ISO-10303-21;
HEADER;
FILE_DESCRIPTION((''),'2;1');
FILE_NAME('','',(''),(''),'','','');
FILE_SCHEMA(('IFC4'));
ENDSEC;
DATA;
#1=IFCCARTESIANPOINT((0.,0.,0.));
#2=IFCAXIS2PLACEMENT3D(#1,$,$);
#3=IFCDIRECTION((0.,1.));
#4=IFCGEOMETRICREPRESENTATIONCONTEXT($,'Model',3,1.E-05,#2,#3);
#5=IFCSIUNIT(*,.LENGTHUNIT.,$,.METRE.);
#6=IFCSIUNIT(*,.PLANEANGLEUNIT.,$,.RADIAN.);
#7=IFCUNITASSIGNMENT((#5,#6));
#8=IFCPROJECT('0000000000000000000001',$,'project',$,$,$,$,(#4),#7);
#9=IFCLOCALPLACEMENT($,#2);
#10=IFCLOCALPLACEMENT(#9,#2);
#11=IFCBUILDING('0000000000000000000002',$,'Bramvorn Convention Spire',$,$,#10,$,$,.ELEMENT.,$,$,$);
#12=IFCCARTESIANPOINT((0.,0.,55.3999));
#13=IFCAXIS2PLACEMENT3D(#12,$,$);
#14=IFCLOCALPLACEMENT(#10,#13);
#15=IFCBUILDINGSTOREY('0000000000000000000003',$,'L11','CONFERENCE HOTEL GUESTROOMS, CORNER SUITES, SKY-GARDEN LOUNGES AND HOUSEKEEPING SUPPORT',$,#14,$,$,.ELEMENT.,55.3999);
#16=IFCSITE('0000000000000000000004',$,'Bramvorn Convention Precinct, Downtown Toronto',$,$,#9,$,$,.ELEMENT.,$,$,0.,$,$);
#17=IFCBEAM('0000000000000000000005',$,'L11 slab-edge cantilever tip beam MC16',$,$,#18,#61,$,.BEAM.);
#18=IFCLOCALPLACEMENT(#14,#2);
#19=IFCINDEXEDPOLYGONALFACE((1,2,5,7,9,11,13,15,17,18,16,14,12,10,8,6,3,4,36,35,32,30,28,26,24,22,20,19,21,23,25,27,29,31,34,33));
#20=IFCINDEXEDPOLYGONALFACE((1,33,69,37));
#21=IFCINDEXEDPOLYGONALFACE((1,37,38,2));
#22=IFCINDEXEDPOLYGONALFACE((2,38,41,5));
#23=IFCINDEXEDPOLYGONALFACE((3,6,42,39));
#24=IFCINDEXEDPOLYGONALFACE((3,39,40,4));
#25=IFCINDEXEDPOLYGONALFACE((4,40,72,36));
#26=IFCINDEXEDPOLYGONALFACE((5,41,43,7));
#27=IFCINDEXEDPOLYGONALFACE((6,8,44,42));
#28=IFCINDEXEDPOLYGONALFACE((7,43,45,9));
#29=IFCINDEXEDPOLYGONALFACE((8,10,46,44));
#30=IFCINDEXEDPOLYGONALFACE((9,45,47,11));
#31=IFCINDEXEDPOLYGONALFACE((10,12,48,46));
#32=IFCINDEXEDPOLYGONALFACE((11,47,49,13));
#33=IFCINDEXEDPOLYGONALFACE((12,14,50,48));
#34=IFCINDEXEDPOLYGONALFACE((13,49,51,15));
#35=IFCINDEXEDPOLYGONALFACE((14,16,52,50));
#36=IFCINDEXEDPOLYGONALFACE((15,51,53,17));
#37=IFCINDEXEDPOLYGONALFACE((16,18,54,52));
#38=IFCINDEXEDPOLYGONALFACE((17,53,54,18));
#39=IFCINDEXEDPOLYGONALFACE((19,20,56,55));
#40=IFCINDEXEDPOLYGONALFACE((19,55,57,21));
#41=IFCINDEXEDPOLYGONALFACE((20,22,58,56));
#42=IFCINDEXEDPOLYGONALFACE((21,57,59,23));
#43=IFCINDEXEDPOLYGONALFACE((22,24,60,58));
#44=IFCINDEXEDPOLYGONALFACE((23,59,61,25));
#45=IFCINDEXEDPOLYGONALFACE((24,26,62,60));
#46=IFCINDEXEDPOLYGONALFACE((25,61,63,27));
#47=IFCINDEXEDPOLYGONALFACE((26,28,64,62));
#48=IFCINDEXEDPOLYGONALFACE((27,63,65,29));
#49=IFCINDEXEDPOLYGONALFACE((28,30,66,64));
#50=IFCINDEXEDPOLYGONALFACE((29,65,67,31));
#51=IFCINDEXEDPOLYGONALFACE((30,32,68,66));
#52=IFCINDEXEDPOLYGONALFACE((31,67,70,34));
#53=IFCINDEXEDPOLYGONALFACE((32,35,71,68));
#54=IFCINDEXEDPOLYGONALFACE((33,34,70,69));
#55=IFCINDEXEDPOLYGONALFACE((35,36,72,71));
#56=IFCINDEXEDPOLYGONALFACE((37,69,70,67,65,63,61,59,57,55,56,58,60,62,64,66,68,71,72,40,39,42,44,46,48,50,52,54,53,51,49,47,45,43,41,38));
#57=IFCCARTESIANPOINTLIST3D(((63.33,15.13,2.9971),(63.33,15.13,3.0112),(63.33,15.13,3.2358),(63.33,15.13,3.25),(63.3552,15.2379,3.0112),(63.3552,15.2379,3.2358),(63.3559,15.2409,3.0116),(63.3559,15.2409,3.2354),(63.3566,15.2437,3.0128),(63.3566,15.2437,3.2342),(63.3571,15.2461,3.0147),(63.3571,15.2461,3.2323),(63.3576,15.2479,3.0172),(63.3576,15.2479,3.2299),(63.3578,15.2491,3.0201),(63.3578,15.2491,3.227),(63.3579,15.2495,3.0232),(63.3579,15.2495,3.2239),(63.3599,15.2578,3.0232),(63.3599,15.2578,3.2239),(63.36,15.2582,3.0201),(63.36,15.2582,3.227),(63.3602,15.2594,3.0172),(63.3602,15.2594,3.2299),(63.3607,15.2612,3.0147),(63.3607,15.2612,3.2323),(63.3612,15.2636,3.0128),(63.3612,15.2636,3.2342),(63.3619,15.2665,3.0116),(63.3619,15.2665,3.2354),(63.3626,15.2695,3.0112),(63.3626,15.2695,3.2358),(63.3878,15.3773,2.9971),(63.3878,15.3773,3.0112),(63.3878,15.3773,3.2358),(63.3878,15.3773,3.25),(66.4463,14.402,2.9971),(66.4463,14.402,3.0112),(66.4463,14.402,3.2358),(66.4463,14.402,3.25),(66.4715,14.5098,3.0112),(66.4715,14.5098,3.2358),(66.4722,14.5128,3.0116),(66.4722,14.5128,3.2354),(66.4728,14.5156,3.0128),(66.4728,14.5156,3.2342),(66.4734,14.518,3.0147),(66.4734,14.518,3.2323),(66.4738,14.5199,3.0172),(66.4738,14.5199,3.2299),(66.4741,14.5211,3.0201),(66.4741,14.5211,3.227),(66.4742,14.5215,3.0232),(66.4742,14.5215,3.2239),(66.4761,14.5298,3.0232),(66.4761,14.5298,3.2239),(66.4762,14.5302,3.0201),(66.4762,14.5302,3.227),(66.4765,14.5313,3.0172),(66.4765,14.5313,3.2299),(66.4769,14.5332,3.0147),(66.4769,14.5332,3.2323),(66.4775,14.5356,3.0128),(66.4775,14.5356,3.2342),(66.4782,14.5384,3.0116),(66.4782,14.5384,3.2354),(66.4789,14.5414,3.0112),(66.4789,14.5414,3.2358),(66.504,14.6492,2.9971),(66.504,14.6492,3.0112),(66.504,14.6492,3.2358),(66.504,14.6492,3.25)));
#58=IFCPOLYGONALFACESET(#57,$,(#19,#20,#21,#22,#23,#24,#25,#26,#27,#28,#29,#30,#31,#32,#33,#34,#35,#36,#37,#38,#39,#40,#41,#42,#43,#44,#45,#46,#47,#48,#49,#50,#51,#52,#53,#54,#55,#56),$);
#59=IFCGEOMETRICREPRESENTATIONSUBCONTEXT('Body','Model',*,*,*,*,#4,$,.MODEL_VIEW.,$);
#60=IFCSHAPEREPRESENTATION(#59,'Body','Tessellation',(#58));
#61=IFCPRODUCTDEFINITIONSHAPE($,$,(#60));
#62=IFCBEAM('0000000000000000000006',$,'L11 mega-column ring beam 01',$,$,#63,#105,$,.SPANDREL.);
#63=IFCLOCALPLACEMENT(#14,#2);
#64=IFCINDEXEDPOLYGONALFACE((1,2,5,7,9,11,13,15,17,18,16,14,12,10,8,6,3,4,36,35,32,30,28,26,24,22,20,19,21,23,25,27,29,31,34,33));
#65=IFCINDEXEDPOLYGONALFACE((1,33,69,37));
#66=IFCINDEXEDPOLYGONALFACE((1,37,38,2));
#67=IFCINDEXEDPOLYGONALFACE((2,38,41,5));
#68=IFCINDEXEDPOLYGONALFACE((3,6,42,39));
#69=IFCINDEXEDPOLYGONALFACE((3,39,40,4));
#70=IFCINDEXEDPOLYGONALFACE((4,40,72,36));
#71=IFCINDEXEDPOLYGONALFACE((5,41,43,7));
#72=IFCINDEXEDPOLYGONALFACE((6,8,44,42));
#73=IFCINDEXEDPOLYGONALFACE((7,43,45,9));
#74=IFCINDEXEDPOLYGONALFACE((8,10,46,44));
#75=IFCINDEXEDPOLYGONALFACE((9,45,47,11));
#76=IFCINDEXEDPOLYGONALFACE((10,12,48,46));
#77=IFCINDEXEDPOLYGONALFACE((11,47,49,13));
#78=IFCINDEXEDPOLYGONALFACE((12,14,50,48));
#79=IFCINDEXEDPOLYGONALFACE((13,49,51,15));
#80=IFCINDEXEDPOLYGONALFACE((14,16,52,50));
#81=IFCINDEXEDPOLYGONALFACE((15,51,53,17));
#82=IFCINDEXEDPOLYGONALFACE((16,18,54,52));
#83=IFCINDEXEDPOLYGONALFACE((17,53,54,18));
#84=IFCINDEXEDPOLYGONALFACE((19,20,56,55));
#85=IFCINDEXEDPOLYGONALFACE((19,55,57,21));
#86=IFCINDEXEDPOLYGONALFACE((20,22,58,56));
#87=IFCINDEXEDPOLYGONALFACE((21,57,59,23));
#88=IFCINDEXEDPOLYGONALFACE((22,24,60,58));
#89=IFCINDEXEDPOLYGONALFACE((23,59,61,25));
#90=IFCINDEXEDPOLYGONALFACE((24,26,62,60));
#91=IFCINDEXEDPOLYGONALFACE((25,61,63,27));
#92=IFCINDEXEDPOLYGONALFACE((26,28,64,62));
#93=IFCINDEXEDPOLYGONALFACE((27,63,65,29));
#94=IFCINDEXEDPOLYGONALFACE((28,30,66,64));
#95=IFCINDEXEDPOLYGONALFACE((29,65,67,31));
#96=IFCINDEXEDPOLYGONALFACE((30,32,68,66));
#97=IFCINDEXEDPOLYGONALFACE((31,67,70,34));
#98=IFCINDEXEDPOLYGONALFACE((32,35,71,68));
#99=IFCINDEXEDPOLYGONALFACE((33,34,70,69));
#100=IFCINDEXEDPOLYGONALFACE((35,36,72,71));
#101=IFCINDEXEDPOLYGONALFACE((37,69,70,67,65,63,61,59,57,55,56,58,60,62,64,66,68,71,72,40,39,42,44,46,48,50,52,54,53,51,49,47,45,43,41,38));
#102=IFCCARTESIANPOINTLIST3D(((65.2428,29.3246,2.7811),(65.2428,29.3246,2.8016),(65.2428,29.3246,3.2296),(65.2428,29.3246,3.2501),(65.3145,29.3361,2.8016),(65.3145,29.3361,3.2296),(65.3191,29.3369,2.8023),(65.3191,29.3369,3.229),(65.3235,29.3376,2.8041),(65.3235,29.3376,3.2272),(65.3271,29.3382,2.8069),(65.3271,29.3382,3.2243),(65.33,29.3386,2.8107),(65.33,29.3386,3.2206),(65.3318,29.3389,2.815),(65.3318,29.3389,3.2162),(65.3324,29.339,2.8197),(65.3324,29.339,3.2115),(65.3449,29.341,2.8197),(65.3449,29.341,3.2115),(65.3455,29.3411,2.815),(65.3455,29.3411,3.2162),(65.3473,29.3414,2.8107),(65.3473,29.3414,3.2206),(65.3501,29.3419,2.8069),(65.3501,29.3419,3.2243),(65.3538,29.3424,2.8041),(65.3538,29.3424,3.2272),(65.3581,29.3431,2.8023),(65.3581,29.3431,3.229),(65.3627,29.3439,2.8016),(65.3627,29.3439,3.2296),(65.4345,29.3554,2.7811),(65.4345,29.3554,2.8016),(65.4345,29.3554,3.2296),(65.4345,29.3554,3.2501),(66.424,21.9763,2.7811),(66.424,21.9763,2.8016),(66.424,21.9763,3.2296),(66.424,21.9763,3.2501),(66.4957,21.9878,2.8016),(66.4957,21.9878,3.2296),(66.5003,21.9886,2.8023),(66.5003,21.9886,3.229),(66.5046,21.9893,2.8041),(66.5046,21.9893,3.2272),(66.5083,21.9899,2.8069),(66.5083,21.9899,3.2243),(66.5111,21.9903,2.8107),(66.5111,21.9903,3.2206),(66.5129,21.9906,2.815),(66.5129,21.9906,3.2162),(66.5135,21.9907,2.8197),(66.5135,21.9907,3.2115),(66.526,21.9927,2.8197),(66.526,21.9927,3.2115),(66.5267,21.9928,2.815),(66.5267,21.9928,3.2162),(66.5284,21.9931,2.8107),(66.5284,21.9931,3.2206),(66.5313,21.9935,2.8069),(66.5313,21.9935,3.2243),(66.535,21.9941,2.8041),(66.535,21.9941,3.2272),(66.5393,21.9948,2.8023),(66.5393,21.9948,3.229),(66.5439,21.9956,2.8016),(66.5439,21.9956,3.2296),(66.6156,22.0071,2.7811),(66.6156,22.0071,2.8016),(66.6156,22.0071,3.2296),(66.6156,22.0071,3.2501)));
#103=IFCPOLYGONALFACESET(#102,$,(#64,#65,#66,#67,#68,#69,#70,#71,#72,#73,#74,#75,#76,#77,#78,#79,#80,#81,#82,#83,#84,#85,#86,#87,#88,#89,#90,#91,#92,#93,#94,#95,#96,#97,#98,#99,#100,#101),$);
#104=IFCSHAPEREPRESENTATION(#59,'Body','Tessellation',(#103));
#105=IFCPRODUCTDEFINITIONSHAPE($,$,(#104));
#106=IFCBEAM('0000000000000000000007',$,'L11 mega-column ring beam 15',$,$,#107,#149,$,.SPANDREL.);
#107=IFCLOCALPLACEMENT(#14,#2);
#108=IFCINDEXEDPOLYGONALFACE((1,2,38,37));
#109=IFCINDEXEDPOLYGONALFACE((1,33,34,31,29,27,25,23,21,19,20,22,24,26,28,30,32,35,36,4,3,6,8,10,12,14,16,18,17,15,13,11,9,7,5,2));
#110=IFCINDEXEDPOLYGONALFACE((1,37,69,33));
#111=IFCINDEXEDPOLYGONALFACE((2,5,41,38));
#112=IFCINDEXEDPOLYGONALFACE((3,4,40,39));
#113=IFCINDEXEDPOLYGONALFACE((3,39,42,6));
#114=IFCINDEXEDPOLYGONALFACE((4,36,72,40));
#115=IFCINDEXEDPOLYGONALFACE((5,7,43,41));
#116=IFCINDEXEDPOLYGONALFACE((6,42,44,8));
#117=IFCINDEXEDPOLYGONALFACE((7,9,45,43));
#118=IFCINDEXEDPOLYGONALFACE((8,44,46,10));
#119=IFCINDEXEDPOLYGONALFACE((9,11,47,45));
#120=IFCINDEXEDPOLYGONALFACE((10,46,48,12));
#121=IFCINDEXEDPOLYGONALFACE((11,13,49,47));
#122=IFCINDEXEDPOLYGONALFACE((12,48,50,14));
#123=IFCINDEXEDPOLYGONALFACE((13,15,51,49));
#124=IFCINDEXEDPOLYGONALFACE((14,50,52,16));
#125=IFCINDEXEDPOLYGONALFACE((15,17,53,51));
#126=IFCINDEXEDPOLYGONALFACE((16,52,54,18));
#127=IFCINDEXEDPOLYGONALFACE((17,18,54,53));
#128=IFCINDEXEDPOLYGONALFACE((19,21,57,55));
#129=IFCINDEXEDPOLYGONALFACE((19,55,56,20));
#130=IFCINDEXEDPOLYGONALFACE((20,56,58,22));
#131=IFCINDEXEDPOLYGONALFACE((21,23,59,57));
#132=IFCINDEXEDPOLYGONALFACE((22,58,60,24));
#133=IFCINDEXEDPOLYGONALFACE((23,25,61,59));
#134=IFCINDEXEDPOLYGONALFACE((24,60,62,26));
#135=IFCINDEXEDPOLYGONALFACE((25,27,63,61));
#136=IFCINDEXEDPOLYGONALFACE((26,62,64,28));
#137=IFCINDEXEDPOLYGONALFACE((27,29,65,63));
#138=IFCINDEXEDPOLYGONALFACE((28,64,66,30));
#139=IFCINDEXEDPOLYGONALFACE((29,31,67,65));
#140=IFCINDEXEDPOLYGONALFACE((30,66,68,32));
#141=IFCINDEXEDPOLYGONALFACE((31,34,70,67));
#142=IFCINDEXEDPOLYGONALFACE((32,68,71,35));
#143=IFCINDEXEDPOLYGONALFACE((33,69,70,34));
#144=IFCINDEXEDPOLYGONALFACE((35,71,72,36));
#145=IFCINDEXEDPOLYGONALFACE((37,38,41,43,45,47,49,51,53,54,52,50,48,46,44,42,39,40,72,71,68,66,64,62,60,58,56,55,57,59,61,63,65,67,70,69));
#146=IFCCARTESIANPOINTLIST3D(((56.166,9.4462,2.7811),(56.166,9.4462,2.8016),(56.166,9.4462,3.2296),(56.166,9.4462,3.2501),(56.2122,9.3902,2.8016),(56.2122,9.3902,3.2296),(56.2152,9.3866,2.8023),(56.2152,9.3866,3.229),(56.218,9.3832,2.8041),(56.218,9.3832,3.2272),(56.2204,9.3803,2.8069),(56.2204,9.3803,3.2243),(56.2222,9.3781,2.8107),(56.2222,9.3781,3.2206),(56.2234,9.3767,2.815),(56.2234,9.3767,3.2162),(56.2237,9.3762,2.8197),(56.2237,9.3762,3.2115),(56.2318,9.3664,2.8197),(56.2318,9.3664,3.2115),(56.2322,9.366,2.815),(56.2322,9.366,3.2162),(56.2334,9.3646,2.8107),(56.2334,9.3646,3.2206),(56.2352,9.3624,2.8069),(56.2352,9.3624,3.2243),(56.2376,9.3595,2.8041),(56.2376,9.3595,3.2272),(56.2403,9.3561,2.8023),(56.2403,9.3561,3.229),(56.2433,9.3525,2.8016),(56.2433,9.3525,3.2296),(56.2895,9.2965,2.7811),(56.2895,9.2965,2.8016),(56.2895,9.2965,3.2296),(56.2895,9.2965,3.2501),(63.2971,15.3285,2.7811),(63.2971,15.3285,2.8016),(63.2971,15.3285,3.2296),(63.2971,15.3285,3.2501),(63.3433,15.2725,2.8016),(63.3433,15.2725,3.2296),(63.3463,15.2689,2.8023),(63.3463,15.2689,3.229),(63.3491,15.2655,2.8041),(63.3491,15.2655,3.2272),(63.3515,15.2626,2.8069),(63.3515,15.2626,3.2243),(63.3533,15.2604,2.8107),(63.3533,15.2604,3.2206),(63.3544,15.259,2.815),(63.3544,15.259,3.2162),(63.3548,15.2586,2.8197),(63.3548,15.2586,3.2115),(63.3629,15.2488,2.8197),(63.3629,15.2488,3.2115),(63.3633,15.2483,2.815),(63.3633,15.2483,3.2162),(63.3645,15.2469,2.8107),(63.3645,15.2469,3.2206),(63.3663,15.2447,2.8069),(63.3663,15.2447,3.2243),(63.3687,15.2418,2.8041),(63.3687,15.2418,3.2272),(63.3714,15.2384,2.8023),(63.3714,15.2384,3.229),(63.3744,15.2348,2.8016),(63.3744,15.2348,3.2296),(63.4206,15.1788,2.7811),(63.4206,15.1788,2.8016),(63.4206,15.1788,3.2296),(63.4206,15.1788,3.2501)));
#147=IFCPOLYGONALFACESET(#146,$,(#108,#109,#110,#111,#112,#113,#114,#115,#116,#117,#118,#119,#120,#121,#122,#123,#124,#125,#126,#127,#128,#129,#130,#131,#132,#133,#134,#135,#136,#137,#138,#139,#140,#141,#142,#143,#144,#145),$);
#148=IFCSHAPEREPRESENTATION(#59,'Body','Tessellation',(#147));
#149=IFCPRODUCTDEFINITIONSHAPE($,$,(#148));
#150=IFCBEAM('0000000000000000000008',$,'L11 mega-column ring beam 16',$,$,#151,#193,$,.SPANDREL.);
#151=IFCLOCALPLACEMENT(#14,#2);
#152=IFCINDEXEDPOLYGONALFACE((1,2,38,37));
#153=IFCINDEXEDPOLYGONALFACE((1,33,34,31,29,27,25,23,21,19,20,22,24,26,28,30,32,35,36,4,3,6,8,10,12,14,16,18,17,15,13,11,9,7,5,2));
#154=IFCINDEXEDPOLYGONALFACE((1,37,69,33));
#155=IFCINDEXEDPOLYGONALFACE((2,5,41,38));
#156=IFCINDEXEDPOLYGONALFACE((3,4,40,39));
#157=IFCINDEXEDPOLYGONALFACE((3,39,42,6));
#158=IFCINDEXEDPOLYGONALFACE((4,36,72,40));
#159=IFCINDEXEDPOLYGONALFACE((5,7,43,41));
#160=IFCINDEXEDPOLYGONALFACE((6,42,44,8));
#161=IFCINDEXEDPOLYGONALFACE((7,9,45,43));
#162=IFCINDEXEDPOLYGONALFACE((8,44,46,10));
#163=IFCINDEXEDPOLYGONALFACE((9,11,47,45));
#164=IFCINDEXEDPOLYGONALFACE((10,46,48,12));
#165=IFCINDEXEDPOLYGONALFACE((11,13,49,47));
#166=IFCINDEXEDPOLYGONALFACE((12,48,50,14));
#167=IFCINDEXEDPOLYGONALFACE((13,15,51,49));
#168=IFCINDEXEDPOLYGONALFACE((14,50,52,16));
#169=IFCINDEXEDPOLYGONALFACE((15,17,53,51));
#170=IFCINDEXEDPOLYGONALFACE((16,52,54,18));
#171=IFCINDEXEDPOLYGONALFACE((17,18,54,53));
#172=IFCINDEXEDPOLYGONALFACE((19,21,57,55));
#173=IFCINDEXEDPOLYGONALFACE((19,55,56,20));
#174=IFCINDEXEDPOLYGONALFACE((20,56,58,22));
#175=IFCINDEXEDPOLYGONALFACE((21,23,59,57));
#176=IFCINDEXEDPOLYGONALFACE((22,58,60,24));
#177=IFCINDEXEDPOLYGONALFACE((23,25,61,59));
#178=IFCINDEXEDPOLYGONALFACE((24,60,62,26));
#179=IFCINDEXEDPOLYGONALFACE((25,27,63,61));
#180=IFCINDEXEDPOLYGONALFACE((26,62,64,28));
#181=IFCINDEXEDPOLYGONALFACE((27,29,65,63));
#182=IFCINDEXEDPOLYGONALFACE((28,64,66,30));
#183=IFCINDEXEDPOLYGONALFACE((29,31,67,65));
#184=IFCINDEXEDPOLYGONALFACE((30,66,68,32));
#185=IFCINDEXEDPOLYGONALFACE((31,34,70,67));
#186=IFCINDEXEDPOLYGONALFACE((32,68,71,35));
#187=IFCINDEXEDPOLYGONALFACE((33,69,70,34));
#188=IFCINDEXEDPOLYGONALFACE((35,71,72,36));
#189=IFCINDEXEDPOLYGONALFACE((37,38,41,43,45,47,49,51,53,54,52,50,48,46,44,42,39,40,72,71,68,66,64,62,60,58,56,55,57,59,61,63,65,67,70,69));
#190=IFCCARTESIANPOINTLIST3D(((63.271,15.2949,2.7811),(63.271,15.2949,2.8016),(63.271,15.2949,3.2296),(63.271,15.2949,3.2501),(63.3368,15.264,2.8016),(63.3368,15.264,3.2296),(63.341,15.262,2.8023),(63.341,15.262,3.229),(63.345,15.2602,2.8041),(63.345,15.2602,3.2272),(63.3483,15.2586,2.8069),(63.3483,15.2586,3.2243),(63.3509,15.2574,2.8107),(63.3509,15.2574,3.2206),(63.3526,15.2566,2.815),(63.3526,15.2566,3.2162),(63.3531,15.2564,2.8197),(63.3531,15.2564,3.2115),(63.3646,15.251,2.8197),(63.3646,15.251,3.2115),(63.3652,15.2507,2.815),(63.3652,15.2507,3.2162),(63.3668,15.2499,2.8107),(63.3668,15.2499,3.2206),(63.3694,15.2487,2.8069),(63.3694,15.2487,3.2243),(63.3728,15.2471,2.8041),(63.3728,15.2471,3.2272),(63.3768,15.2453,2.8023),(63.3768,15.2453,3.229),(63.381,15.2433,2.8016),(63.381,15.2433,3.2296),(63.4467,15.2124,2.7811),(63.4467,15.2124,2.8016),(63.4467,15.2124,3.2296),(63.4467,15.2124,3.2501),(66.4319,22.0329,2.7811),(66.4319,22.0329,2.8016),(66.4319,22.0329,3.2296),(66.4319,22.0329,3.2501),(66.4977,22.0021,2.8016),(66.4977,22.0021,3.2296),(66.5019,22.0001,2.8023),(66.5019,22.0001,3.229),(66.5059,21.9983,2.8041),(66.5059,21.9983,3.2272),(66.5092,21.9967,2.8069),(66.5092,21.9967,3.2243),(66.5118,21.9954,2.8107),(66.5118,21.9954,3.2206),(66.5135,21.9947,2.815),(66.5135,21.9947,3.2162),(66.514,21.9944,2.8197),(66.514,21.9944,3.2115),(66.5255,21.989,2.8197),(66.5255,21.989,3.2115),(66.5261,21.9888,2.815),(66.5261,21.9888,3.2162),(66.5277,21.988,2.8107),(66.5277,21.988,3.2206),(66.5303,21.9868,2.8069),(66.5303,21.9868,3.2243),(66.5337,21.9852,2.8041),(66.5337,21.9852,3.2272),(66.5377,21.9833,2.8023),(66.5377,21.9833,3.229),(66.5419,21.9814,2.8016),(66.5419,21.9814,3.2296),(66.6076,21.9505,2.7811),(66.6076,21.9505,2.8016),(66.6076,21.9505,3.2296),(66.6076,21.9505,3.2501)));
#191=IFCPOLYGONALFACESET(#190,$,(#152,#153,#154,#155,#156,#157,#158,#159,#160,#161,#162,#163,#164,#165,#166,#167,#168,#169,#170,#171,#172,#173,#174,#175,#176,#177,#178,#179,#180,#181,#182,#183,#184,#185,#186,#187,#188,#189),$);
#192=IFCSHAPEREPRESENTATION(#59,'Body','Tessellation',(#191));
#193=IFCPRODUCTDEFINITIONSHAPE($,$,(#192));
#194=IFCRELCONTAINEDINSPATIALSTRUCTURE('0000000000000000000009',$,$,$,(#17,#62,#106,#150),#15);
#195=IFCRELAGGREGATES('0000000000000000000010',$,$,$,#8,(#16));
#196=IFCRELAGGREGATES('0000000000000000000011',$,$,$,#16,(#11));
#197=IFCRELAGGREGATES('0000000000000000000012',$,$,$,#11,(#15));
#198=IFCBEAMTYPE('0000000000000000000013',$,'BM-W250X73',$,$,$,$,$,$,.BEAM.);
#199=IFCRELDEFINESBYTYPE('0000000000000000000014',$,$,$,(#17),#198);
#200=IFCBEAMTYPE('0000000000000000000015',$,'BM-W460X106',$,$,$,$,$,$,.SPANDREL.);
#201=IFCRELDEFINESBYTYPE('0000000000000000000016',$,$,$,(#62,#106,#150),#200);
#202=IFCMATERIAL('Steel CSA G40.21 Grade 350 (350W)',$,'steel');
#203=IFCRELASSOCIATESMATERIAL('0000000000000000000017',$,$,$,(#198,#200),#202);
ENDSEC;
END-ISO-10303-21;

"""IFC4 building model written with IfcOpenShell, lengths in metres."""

from ifc_helpers import new_model, si_unit, direction, frame, origin, origin_2d, place, context, subcontext, project, spatial, i_section, extrude, material, material_profile, profile_set, type_object, element, save


model = new_model("IFC4")

# Units and contexts
model_context = context("Model", 3, precision=1e-05, world=origin(), true_north=direction((0.0, 1.0)))
body_context = subcontext(model_context, "Body", "Model", "MODEL_VIEW")
ifc_project = project(units=[si_unit("LENGTHUNIT", "METRE"), si_unit("PLANEANGLEUNIT", "RADIAN")], contexts=[model_context])

# Site, building, storey
site_placement = place(None, origin())
site = spatial("IfcSite", under=ifc_project, at=site_placement, Name="Bramvorn Convention Precinct, Downtown Toronto", CompositionType="ELEMENT", RefElevation=0.0)
building_placement = place(site_placement, origin())
building = spatial("IfcBuilding", under=site, at=building_placement, Name="Bramvorn Convention Spire", CompositionType="ELEMENT")
storey_placement = place(building_placement, frame((0.0, 0.0, 55.3999)))
storey = spatial("IfcBuildingStorey", under=building, at=storey_placement, Name="L11", Description="CONFERENCE HOTEL GUESTROOMS, CORNER SUITES, SKY-GARDEN LOUNGES AND HOUSEKEEPING SUPPORT", CompositionType="ELEMENT", Elevation=55.3999)

# Shared definitions
ifc_material_1 = material(Name="Steel CSA G40.21 Grade 350 (350W)", Category="steel")

# Beams
ifc_material_profile_1 = material_profile(ifc_material_1, i_section(OverallWidth=0.2539, OverallDepth=0.2529, WebThickness=0.0085, FlangeThickness=0.0142, FilletRadius=0.012, at=origin_2d()))
ifc_profile_set_1 = profile_set([ifc_material_profile_1], Name="Steel CSA G40.21 Grade 350 (350W) - W250X73")
beam_type_1 = type_object("IfcBeamType", Name="BM-W250X73", PredefinedType="BEAM", material=ifc_profile_set_1)
beam_1_placement = place(storey_placement, frame((63.3589, 15.2537, 3.1235), z_axis=(0.973778, -0.2275, 0.0), x_axis=(0.2275, 0.973778, 0.0)))
element("IfcBeam", 1, at=beam_1_placement, inside=storey, type_object=beam_type_1, Name="L11 slab-edge cantilever tip beam MC16", PredefinedType="BEAM", context=body_context, shape_type="SweptSolid", body=[
    extrude(i_section(OverallWidth=0.2539, OverallDepth=0.2529, WebThickness=0.0085, FlangeThickness=0.0142, FilletRadius=0.012, at=origin_2d()), origin(), (0.0, 0.0, 1.0), 3.2002),
])
ifc_material_profile_2 = material_profile(ifc_material_1, i_section(OverallWidth=0.1941, OverallDepth=0.469, WebThickness=0.0127, FlangeThickness=0.0205, FilletRadius=0.0181, at=origin_2d()))
ifc_profile_set_2 = profile_set([ifc_material_profile_2], Name="Steel CSA G40.21 Grade 350 (350W) - W460X106")
beam_type_2 = type_object("IfcBeamType", Name="BM-W460X106", PredefinedType="SPANDREL", material=ifc_profile_set_2)
beam_2_placement = place(storey_placement, frame((66.5198, 21.9917, 3.0156), z_axis=(-0.158699, 0.987327, 0.0), x_axis=(-0.987327, -0.158699, 0.0)))
element("IfcBeam", 2, at=beam_2_placement, inside=storey, type_object=beam_type_2, Name="L11 mega-column ring beam 01", PredefinedType="SPANDREL", context=body_context, shape_type="SweptSolid", body=[
    extrude(i_section(OverallWidth=0.1941, OverallDepth=0.469, WebThickness=0.0127, FlangeThickness=0.0205, FilletRadius=0.0181, at=origin_2d()), origin(), (0.0, 0.0, 1.0), 7.4426),
])
beam_3_placement = place(storey_placement, frame((56.2278, 9.3713, 3.0156), z_axis=(0.771418, 0.636329, 0.0), x_axis=(-0.636329, 0.771418, 0.0)))
element("IfcBeam", 3, at=beam_3_placement, inside=storey, type_object=beam_type_2, Name="L11 mega-column ring beam 15", PredefinedType="SPANDREL", context=body_context, shape_type="SweptSolid", body=[
    extrude(i_section(OverallWidth=0.1941, OverallDepth=0.469, WebThickness=0.0127, FlangeThickness=0.0205, FilletRadius=0.0181, at=origin_2d()), origin(), (0.0, 0.0, 1.0), 9.2441),
])
beam_4_placement = place(storey_placement, frame((63.3589, 15.2537, 3.0156), z_axis=(0.424702, 0.905333, 0.0), x_axis=(-0.905333, 0.424702, 0.0)))
element("IfcBeam", 4, at=beam_4_placement, inside=storey, type_object=beam_type_2, Name="L11 mega-column ring beam 16", PredefinedType="SPANDREL", context=body_context, shape_type="SweptSolid", body=[
    extrude(i_section(OverallWidth=0.1941, OverallDepth=0.469, WebThickness=0.0127, FlangeThickness=0.0205, FilletRadius=0.0181, at=origin_2d()), origin(), (0.0, 0.0, 1.0), 7.4426),
])

save(model, "model.ifc")
